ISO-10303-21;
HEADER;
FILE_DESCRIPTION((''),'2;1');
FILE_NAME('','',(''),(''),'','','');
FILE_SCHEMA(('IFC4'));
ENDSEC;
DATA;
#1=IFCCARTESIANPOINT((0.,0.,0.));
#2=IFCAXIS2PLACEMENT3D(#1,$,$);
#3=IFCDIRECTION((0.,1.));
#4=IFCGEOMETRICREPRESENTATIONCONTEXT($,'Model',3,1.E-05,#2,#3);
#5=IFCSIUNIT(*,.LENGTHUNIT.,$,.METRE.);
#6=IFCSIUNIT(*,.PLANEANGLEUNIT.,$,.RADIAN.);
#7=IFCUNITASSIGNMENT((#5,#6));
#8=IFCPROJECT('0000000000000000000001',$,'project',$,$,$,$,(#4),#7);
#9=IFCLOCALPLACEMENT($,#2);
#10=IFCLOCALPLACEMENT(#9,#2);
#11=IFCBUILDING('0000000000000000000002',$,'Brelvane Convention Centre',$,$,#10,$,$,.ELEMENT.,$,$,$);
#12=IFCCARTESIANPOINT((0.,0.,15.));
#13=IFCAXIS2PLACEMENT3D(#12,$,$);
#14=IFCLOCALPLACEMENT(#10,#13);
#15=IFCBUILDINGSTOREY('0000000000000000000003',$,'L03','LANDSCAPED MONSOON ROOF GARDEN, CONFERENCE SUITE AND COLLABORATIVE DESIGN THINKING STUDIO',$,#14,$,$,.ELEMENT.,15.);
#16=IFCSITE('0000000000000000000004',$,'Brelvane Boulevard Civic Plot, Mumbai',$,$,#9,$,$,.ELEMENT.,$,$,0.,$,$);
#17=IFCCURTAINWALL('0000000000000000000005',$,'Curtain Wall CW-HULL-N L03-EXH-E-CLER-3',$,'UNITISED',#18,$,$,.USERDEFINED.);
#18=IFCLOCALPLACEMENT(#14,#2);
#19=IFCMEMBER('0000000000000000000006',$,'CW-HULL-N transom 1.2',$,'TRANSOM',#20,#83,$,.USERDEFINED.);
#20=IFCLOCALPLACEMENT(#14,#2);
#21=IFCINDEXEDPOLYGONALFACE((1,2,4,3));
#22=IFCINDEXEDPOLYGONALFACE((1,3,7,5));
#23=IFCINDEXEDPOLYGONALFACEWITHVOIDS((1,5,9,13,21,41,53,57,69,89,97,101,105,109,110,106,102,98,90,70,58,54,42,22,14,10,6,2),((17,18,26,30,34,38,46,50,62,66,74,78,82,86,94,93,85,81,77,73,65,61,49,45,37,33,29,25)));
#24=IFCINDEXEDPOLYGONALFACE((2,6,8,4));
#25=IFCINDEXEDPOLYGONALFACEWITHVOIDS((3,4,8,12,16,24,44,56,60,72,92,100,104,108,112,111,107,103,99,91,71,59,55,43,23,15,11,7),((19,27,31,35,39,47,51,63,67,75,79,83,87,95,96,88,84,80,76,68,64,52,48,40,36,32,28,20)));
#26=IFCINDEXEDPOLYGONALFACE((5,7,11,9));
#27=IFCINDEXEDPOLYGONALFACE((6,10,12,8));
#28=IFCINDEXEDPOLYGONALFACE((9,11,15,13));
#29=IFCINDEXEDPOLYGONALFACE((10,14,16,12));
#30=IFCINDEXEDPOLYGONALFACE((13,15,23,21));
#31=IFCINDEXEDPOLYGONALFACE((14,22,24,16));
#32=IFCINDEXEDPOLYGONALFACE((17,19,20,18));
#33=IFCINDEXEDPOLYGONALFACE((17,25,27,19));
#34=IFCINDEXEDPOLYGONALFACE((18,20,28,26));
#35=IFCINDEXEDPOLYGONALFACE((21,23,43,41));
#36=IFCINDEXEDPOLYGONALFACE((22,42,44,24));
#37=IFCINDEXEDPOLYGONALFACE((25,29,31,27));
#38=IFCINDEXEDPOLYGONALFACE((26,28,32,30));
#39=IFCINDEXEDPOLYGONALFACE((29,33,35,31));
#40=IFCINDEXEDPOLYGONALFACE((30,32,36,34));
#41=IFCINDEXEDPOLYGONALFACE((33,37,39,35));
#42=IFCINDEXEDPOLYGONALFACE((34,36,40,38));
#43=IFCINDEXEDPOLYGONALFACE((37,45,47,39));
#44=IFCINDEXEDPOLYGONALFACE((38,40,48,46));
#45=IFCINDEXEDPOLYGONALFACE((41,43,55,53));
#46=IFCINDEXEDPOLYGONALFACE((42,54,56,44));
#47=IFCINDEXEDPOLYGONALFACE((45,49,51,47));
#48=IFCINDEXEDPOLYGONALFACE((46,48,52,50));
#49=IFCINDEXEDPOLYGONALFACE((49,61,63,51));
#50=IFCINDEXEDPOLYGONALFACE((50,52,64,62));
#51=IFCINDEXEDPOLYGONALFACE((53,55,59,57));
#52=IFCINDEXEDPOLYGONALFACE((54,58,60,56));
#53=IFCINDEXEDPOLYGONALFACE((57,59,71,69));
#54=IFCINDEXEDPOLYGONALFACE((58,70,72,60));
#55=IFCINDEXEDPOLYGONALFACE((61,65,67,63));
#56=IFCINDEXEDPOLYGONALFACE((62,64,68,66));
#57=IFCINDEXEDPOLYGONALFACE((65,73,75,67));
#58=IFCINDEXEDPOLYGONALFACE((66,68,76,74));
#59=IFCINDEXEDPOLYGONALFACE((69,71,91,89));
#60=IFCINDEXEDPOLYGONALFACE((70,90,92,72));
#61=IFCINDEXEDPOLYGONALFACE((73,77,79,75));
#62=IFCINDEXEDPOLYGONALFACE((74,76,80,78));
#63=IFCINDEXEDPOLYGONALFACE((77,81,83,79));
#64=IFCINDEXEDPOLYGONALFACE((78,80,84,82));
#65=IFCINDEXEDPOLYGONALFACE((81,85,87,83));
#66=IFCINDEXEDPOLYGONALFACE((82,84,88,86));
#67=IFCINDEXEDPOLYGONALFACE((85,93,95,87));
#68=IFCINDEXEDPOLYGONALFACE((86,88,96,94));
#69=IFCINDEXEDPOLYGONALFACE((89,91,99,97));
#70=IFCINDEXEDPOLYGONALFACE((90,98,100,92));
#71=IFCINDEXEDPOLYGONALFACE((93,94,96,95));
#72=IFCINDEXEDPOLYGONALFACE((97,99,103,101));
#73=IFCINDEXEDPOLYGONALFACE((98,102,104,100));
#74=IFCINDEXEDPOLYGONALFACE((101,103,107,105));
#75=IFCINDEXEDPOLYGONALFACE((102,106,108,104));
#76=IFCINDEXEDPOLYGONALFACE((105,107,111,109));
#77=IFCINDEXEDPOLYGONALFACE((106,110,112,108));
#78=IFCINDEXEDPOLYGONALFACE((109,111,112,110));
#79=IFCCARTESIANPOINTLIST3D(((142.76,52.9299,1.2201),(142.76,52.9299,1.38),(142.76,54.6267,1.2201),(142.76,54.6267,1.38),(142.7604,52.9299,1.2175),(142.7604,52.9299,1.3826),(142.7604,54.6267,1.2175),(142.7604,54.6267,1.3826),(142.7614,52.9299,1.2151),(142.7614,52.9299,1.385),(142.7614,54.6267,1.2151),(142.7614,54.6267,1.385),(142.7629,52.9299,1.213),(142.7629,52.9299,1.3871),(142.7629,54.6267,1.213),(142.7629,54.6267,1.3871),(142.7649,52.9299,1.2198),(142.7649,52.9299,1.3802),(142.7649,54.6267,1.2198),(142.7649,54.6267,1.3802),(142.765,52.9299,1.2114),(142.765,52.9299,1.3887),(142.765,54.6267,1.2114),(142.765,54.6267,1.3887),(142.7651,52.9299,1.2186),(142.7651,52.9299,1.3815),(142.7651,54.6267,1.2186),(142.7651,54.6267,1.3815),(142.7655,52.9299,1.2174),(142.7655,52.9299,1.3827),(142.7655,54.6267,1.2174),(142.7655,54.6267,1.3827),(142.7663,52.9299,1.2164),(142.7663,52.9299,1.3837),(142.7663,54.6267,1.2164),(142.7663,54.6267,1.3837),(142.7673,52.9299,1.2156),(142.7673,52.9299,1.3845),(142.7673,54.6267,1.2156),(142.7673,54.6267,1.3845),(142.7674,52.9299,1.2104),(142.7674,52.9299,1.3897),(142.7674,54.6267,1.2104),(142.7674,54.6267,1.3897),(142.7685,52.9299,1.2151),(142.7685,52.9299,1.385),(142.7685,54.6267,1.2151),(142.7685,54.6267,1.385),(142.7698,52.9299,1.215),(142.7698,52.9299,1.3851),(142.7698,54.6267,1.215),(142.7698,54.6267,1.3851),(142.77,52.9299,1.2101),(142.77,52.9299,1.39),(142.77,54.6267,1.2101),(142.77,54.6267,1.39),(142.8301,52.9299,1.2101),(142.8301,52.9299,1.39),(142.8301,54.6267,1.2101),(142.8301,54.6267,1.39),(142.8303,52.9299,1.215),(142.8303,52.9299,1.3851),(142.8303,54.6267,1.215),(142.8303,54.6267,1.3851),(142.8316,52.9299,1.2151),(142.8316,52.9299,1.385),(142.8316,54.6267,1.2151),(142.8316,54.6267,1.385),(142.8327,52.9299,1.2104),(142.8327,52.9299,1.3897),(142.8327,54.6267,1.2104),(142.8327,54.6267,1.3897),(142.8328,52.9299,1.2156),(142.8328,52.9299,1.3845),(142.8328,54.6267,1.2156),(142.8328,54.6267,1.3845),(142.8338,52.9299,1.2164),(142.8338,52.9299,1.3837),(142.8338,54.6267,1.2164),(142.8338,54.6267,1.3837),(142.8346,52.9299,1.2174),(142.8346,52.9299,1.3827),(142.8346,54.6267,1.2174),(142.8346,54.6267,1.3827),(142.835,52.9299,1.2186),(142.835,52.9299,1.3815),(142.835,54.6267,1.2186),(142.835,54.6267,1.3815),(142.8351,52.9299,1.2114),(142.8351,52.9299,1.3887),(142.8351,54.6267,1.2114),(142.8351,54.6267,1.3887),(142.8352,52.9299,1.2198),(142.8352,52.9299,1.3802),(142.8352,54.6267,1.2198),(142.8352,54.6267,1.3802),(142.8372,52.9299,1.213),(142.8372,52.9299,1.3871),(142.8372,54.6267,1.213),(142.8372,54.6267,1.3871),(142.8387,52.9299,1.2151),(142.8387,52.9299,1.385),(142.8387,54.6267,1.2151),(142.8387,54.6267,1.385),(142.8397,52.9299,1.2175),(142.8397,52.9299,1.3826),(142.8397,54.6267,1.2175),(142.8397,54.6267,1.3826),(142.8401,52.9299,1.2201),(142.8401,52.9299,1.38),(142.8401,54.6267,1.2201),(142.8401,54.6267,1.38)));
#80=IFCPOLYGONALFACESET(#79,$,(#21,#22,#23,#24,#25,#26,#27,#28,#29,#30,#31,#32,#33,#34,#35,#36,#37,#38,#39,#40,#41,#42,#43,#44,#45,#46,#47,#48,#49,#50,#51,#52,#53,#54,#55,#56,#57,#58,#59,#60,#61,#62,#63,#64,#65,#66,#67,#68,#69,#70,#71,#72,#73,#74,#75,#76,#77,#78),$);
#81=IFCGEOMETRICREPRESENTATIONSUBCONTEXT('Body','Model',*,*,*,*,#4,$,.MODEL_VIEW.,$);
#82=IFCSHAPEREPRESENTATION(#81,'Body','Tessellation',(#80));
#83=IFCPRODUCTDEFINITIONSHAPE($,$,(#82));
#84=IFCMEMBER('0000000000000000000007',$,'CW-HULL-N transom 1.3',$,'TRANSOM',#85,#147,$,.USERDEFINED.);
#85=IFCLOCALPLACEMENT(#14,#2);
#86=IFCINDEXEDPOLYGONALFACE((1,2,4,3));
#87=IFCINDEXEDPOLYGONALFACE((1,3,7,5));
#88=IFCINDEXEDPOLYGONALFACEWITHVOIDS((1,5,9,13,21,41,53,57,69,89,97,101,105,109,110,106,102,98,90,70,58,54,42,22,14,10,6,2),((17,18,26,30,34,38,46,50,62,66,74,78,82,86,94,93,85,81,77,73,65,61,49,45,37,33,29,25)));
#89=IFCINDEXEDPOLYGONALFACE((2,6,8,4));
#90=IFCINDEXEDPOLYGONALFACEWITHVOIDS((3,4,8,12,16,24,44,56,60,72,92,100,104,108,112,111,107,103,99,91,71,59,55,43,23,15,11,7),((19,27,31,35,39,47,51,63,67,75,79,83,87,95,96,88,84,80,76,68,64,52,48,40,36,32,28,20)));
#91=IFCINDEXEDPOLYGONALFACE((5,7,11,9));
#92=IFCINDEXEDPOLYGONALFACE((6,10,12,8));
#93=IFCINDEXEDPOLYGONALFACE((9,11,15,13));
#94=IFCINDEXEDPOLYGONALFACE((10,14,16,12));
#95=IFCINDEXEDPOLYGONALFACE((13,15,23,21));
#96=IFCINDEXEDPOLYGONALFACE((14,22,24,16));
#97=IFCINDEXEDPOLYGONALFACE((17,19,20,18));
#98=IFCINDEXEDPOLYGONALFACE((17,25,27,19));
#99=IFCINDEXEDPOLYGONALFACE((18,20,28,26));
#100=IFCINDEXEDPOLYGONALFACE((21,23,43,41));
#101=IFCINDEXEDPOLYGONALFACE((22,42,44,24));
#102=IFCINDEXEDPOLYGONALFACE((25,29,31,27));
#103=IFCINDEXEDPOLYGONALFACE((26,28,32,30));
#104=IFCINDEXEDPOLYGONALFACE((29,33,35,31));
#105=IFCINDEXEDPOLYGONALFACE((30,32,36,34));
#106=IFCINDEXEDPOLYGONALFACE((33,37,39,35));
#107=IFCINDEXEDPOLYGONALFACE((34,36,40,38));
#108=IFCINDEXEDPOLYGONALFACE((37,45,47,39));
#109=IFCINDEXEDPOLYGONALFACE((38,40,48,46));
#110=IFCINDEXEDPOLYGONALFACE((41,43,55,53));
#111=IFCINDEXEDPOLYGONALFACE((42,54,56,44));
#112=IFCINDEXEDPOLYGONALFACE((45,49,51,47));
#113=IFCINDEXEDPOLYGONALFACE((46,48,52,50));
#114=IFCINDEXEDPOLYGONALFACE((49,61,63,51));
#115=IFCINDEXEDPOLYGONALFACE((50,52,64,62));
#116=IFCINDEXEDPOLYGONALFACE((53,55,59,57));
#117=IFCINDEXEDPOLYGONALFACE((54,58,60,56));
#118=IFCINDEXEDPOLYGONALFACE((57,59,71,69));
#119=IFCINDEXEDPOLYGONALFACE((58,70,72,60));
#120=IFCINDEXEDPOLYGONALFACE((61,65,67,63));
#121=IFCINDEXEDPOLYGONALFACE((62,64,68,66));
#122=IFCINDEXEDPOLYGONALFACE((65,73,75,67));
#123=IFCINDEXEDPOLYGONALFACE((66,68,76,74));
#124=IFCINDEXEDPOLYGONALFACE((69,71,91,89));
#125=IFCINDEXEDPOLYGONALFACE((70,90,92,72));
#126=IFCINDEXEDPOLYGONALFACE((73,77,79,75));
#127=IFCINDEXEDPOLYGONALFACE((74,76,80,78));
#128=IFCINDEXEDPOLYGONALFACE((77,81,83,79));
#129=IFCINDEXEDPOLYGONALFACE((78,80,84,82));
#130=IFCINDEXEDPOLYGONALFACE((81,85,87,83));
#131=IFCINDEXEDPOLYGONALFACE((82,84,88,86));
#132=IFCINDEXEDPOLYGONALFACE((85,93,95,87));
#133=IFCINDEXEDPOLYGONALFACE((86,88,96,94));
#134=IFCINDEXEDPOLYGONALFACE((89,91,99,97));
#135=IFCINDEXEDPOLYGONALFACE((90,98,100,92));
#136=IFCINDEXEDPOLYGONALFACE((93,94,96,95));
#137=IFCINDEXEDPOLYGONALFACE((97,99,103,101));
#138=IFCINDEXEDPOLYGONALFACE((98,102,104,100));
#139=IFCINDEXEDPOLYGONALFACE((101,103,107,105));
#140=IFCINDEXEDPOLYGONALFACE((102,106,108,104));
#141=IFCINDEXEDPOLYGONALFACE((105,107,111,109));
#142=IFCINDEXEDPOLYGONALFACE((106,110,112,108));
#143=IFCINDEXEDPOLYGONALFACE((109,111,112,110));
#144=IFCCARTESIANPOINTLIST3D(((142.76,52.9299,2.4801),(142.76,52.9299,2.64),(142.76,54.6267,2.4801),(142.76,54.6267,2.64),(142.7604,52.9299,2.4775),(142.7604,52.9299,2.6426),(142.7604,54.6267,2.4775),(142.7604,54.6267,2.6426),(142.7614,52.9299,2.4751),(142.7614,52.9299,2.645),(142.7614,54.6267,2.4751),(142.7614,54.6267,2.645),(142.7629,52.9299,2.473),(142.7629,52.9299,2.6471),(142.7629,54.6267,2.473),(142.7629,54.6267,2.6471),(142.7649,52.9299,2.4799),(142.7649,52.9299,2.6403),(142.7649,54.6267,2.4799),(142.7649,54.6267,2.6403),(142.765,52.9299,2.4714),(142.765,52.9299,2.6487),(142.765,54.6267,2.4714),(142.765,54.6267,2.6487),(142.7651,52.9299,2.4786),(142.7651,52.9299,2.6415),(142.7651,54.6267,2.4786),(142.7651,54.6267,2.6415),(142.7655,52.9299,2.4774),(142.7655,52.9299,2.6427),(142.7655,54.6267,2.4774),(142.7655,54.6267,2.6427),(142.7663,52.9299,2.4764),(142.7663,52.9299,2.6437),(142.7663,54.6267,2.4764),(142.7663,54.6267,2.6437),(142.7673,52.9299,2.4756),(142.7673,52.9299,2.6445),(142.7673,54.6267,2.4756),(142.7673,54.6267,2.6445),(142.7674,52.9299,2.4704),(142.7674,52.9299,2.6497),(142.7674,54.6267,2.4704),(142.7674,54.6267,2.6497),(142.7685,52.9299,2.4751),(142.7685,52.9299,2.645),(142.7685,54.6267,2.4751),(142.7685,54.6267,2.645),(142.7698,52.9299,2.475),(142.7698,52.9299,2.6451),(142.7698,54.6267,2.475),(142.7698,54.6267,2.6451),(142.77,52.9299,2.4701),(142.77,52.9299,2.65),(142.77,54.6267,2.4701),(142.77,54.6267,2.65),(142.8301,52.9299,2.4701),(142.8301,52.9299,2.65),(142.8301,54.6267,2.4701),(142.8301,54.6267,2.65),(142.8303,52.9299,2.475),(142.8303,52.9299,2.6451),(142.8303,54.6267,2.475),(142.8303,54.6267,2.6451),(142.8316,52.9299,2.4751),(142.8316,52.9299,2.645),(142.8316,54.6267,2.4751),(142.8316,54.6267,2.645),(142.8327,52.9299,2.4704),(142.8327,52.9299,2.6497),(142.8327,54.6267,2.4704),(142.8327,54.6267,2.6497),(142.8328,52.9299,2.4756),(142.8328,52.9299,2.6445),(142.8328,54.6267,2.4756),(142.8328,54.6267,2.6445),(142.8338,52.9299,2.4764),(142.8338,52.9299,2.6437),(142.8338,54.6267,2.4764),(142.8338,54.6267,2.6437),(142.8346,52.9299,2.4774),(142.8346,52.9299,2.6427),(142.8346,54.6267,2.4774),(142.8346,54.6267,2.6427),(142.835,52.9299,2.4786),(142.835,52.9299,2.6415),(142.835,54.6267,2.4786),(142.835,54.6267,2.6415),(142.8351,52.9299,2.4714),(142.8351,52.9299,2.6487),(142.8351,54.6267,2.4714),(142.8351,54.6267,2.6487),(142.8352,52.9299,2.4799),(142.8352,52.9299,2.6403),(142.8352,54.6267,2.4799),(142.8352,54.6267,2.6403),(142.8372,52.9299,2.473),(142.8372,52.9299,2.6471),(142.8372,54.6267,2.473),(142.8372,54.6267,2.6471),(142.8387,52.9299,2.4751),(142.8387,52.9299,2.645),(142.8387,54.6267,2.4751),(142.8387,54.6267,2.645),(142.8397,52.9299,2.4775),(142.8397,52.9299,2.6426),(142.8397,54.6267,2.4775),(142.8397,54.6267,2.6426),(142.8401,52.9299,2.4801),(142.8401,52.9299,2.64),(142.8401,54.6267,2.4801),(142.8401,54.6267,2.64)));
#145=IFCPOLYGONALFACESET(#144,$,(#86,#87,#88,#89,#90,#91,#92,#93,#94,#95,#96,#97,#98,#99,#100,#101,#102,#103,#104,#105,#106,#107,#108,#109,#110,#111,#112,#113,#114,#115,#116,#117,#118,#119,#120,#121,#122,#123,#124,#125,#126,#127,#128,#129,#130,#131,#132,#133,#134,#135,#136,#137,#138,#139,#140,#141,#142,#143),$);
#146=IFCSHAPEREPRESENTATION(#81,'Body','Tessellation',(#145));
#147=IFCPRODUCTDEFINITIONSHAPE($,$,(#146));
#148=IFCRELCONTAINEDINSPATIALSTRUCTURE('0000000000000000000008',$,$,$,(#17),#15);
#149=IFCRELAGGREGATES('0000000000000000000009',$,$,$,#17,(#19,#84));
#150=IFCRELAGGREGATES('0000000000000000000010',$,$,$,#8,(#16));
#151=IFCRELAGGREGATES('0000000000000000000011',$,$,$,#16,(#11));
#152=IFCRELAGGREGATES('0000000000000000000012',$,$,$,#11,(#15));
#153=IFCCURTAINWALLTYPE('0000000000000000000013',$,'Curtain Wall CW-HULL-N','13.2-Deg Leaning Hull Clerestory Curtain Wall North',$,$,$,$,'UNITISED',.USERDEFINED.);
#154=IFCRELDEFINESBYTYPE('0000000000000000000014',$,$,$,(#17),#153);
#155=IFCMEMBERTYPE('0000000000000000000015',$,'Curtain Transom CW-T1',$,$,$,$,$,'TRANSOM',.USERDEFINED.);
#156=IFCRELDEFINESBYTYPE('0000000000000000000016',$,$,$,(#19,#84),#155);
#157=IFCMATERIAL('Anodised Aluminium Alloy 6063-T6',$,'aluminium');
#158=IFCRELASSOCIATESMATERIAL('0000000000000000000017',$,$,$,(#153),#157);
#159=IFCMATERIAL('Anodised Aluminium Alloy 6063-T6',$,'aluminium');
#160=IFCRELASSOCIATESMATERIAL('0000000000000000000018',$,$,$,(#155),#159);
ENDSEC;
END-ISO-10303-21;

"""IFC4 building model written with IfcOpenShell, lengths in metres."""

from ifc_helpers import new_model, si_unit, direction, frame, origin, origin_2d, place, context, subcontext, project, spatial, hollow_rectangle, extrude, material, material_profile, profile_set, type_object, element, aggregate, save


model = new_model("IFC4")

# Units and contexts
model_context = context("Model", 3, precision=1e-05, world=origin(), true_north=direction((0.0, 1.0)))
body_context = subcontext(model_context, "Body", "Model", "MODEL_VIEW")
ifc_project = project(units=[si_unit("LENGTHUNIT", "METRE"), si_unit("PLANEANGLEUNIT", "RADIAN")], contexts=[model_context])

# Site, building, storey
site_placement = place(None, origin())
site = spatial("IfcSite", under=ifc_project, at=site_placement, Name="Brelvane Boulevard Civic Plot, Mumbai", CompositionType="ELEMENT", RefElevation=0.0)
building_placement = place(site_placement, origin())
building = spatial("IfcBuilding", under=site, at=building_placement, Name="Brelvane Convention Centre", CompositionType="ELEMENT")
storey_placement = place(building_placement, frame((0.0, 0.0, 15.0)))
storey = spatial("IfcBuildingStorey", under=building, at=storey_placement, Name="L03", Description="LANDSCAPED MONSOON ROOF GARDEN, CONFERENCE SUITE AND COLLABORATIVE DESIGN THINKING STUDIO", CompositionType="ELEMENT", Elevation=15.0)

# Curtain wall, members
ifc_material_1 = material(Name="Anodised Aluminium Alloy 6063-T6", Category="aluminium")
curtain_wall_type = type_object("IfcCurtainWallType", Name="Curtain Wall CW-HULL-N", Description="13.2-Deg Leaning Hull Clerestory Curtain Wall North", ElementType="UNITISED", PredefinedType="USERDEFINED", material=ifc_material_1)
curtain_wall_placement = place(storey_placement, origin())
curtain_wall = element("IfcCurtainWall", 1, at=curtain_wall_placement, inside=storey, type_object=curtain_wall_type, Name="Curtain Wall CW-HULL-N L03-EXH-E-CLER-3", ObjectType="UNITISED", PredefinedType="USERDEFINED")
ifc_material_2 = material(Name="Anodised Aluminium Alloy 6063-T6", Category="aluminium")
ifc_material_profile_1 = material_profile(ifc_material_2, hollow_rectangle(XDim=0.0801, YDim=0.1799, WallThickness=0.0049, InnerFilletRadius=0.0049, OuterFilletRadius=0.01, at=origin_2d()), Name="ALU-T 180x80x5.0")
ifc_profile_set_1 = profile_set([ifc_material_profile_1], Name="Anodised Aluminium Alloy 6063-T6")
member_type_1 = type_object("IfcMemberType", Name="Curtain Transom CW-T1", ElementType="TRANSOM", PredefinedType="USERDEFINED", material=ifc_profile_set_1)
member_1_placement = place(storey_placement, frame((142.8, 52.9299, 1.3), z_axis=(0.0, 1.0, 0.0), x_axis=(-1.0, 0.0, 0.0)))
member_1 = element("IfcMember", 2, at=member_1_placement, type_object=member_type_1, Name="CW-HULL-N transom 1.2", ObjectType="TRANSOM", PredefinedType="USERDEFINED", context=body_context, shape_type="SweptSolid", body=[
    extrude(hollow_rectangle(XDim=0.0801, YDim=0.1799, WallThickness=0.0049, InnerFilletRadius=0.0049, OuterFilletRadius=0.01, at=origin_2d()), origin(), (0.0, 0.0, 1.0), 1.6968),
])
member_2_placement = place(storey_placement, frame((142.8, 52.9299, 2.5601), z_axis=(0.0, 1.0, 0.0), x_axis=(-1.0, 0.0, 0.0)))
member_2 = element("IfcMember", 3, at=member_2_placement, type_object=member_type_1, Name="CW-HULL-N transom 1.3", ObjectType="TRANSOM", PredefinedType="USERDEFINED", context=body_context, shape_type="SweptSolid", body=[
    extrude(hollow_rectangle(XDim=0.0801, YDim=0.1799, WallThickness=0.0049, InnerFilletRadius=0.0049, OuterFilletRadius=0.01, at=origin_2d()), origin(), (0.0, 0.0, 1.0), 1.6968),
])

aggregate(curtain_wall, [member_1, member_2])

save(model, "model.ifc")
